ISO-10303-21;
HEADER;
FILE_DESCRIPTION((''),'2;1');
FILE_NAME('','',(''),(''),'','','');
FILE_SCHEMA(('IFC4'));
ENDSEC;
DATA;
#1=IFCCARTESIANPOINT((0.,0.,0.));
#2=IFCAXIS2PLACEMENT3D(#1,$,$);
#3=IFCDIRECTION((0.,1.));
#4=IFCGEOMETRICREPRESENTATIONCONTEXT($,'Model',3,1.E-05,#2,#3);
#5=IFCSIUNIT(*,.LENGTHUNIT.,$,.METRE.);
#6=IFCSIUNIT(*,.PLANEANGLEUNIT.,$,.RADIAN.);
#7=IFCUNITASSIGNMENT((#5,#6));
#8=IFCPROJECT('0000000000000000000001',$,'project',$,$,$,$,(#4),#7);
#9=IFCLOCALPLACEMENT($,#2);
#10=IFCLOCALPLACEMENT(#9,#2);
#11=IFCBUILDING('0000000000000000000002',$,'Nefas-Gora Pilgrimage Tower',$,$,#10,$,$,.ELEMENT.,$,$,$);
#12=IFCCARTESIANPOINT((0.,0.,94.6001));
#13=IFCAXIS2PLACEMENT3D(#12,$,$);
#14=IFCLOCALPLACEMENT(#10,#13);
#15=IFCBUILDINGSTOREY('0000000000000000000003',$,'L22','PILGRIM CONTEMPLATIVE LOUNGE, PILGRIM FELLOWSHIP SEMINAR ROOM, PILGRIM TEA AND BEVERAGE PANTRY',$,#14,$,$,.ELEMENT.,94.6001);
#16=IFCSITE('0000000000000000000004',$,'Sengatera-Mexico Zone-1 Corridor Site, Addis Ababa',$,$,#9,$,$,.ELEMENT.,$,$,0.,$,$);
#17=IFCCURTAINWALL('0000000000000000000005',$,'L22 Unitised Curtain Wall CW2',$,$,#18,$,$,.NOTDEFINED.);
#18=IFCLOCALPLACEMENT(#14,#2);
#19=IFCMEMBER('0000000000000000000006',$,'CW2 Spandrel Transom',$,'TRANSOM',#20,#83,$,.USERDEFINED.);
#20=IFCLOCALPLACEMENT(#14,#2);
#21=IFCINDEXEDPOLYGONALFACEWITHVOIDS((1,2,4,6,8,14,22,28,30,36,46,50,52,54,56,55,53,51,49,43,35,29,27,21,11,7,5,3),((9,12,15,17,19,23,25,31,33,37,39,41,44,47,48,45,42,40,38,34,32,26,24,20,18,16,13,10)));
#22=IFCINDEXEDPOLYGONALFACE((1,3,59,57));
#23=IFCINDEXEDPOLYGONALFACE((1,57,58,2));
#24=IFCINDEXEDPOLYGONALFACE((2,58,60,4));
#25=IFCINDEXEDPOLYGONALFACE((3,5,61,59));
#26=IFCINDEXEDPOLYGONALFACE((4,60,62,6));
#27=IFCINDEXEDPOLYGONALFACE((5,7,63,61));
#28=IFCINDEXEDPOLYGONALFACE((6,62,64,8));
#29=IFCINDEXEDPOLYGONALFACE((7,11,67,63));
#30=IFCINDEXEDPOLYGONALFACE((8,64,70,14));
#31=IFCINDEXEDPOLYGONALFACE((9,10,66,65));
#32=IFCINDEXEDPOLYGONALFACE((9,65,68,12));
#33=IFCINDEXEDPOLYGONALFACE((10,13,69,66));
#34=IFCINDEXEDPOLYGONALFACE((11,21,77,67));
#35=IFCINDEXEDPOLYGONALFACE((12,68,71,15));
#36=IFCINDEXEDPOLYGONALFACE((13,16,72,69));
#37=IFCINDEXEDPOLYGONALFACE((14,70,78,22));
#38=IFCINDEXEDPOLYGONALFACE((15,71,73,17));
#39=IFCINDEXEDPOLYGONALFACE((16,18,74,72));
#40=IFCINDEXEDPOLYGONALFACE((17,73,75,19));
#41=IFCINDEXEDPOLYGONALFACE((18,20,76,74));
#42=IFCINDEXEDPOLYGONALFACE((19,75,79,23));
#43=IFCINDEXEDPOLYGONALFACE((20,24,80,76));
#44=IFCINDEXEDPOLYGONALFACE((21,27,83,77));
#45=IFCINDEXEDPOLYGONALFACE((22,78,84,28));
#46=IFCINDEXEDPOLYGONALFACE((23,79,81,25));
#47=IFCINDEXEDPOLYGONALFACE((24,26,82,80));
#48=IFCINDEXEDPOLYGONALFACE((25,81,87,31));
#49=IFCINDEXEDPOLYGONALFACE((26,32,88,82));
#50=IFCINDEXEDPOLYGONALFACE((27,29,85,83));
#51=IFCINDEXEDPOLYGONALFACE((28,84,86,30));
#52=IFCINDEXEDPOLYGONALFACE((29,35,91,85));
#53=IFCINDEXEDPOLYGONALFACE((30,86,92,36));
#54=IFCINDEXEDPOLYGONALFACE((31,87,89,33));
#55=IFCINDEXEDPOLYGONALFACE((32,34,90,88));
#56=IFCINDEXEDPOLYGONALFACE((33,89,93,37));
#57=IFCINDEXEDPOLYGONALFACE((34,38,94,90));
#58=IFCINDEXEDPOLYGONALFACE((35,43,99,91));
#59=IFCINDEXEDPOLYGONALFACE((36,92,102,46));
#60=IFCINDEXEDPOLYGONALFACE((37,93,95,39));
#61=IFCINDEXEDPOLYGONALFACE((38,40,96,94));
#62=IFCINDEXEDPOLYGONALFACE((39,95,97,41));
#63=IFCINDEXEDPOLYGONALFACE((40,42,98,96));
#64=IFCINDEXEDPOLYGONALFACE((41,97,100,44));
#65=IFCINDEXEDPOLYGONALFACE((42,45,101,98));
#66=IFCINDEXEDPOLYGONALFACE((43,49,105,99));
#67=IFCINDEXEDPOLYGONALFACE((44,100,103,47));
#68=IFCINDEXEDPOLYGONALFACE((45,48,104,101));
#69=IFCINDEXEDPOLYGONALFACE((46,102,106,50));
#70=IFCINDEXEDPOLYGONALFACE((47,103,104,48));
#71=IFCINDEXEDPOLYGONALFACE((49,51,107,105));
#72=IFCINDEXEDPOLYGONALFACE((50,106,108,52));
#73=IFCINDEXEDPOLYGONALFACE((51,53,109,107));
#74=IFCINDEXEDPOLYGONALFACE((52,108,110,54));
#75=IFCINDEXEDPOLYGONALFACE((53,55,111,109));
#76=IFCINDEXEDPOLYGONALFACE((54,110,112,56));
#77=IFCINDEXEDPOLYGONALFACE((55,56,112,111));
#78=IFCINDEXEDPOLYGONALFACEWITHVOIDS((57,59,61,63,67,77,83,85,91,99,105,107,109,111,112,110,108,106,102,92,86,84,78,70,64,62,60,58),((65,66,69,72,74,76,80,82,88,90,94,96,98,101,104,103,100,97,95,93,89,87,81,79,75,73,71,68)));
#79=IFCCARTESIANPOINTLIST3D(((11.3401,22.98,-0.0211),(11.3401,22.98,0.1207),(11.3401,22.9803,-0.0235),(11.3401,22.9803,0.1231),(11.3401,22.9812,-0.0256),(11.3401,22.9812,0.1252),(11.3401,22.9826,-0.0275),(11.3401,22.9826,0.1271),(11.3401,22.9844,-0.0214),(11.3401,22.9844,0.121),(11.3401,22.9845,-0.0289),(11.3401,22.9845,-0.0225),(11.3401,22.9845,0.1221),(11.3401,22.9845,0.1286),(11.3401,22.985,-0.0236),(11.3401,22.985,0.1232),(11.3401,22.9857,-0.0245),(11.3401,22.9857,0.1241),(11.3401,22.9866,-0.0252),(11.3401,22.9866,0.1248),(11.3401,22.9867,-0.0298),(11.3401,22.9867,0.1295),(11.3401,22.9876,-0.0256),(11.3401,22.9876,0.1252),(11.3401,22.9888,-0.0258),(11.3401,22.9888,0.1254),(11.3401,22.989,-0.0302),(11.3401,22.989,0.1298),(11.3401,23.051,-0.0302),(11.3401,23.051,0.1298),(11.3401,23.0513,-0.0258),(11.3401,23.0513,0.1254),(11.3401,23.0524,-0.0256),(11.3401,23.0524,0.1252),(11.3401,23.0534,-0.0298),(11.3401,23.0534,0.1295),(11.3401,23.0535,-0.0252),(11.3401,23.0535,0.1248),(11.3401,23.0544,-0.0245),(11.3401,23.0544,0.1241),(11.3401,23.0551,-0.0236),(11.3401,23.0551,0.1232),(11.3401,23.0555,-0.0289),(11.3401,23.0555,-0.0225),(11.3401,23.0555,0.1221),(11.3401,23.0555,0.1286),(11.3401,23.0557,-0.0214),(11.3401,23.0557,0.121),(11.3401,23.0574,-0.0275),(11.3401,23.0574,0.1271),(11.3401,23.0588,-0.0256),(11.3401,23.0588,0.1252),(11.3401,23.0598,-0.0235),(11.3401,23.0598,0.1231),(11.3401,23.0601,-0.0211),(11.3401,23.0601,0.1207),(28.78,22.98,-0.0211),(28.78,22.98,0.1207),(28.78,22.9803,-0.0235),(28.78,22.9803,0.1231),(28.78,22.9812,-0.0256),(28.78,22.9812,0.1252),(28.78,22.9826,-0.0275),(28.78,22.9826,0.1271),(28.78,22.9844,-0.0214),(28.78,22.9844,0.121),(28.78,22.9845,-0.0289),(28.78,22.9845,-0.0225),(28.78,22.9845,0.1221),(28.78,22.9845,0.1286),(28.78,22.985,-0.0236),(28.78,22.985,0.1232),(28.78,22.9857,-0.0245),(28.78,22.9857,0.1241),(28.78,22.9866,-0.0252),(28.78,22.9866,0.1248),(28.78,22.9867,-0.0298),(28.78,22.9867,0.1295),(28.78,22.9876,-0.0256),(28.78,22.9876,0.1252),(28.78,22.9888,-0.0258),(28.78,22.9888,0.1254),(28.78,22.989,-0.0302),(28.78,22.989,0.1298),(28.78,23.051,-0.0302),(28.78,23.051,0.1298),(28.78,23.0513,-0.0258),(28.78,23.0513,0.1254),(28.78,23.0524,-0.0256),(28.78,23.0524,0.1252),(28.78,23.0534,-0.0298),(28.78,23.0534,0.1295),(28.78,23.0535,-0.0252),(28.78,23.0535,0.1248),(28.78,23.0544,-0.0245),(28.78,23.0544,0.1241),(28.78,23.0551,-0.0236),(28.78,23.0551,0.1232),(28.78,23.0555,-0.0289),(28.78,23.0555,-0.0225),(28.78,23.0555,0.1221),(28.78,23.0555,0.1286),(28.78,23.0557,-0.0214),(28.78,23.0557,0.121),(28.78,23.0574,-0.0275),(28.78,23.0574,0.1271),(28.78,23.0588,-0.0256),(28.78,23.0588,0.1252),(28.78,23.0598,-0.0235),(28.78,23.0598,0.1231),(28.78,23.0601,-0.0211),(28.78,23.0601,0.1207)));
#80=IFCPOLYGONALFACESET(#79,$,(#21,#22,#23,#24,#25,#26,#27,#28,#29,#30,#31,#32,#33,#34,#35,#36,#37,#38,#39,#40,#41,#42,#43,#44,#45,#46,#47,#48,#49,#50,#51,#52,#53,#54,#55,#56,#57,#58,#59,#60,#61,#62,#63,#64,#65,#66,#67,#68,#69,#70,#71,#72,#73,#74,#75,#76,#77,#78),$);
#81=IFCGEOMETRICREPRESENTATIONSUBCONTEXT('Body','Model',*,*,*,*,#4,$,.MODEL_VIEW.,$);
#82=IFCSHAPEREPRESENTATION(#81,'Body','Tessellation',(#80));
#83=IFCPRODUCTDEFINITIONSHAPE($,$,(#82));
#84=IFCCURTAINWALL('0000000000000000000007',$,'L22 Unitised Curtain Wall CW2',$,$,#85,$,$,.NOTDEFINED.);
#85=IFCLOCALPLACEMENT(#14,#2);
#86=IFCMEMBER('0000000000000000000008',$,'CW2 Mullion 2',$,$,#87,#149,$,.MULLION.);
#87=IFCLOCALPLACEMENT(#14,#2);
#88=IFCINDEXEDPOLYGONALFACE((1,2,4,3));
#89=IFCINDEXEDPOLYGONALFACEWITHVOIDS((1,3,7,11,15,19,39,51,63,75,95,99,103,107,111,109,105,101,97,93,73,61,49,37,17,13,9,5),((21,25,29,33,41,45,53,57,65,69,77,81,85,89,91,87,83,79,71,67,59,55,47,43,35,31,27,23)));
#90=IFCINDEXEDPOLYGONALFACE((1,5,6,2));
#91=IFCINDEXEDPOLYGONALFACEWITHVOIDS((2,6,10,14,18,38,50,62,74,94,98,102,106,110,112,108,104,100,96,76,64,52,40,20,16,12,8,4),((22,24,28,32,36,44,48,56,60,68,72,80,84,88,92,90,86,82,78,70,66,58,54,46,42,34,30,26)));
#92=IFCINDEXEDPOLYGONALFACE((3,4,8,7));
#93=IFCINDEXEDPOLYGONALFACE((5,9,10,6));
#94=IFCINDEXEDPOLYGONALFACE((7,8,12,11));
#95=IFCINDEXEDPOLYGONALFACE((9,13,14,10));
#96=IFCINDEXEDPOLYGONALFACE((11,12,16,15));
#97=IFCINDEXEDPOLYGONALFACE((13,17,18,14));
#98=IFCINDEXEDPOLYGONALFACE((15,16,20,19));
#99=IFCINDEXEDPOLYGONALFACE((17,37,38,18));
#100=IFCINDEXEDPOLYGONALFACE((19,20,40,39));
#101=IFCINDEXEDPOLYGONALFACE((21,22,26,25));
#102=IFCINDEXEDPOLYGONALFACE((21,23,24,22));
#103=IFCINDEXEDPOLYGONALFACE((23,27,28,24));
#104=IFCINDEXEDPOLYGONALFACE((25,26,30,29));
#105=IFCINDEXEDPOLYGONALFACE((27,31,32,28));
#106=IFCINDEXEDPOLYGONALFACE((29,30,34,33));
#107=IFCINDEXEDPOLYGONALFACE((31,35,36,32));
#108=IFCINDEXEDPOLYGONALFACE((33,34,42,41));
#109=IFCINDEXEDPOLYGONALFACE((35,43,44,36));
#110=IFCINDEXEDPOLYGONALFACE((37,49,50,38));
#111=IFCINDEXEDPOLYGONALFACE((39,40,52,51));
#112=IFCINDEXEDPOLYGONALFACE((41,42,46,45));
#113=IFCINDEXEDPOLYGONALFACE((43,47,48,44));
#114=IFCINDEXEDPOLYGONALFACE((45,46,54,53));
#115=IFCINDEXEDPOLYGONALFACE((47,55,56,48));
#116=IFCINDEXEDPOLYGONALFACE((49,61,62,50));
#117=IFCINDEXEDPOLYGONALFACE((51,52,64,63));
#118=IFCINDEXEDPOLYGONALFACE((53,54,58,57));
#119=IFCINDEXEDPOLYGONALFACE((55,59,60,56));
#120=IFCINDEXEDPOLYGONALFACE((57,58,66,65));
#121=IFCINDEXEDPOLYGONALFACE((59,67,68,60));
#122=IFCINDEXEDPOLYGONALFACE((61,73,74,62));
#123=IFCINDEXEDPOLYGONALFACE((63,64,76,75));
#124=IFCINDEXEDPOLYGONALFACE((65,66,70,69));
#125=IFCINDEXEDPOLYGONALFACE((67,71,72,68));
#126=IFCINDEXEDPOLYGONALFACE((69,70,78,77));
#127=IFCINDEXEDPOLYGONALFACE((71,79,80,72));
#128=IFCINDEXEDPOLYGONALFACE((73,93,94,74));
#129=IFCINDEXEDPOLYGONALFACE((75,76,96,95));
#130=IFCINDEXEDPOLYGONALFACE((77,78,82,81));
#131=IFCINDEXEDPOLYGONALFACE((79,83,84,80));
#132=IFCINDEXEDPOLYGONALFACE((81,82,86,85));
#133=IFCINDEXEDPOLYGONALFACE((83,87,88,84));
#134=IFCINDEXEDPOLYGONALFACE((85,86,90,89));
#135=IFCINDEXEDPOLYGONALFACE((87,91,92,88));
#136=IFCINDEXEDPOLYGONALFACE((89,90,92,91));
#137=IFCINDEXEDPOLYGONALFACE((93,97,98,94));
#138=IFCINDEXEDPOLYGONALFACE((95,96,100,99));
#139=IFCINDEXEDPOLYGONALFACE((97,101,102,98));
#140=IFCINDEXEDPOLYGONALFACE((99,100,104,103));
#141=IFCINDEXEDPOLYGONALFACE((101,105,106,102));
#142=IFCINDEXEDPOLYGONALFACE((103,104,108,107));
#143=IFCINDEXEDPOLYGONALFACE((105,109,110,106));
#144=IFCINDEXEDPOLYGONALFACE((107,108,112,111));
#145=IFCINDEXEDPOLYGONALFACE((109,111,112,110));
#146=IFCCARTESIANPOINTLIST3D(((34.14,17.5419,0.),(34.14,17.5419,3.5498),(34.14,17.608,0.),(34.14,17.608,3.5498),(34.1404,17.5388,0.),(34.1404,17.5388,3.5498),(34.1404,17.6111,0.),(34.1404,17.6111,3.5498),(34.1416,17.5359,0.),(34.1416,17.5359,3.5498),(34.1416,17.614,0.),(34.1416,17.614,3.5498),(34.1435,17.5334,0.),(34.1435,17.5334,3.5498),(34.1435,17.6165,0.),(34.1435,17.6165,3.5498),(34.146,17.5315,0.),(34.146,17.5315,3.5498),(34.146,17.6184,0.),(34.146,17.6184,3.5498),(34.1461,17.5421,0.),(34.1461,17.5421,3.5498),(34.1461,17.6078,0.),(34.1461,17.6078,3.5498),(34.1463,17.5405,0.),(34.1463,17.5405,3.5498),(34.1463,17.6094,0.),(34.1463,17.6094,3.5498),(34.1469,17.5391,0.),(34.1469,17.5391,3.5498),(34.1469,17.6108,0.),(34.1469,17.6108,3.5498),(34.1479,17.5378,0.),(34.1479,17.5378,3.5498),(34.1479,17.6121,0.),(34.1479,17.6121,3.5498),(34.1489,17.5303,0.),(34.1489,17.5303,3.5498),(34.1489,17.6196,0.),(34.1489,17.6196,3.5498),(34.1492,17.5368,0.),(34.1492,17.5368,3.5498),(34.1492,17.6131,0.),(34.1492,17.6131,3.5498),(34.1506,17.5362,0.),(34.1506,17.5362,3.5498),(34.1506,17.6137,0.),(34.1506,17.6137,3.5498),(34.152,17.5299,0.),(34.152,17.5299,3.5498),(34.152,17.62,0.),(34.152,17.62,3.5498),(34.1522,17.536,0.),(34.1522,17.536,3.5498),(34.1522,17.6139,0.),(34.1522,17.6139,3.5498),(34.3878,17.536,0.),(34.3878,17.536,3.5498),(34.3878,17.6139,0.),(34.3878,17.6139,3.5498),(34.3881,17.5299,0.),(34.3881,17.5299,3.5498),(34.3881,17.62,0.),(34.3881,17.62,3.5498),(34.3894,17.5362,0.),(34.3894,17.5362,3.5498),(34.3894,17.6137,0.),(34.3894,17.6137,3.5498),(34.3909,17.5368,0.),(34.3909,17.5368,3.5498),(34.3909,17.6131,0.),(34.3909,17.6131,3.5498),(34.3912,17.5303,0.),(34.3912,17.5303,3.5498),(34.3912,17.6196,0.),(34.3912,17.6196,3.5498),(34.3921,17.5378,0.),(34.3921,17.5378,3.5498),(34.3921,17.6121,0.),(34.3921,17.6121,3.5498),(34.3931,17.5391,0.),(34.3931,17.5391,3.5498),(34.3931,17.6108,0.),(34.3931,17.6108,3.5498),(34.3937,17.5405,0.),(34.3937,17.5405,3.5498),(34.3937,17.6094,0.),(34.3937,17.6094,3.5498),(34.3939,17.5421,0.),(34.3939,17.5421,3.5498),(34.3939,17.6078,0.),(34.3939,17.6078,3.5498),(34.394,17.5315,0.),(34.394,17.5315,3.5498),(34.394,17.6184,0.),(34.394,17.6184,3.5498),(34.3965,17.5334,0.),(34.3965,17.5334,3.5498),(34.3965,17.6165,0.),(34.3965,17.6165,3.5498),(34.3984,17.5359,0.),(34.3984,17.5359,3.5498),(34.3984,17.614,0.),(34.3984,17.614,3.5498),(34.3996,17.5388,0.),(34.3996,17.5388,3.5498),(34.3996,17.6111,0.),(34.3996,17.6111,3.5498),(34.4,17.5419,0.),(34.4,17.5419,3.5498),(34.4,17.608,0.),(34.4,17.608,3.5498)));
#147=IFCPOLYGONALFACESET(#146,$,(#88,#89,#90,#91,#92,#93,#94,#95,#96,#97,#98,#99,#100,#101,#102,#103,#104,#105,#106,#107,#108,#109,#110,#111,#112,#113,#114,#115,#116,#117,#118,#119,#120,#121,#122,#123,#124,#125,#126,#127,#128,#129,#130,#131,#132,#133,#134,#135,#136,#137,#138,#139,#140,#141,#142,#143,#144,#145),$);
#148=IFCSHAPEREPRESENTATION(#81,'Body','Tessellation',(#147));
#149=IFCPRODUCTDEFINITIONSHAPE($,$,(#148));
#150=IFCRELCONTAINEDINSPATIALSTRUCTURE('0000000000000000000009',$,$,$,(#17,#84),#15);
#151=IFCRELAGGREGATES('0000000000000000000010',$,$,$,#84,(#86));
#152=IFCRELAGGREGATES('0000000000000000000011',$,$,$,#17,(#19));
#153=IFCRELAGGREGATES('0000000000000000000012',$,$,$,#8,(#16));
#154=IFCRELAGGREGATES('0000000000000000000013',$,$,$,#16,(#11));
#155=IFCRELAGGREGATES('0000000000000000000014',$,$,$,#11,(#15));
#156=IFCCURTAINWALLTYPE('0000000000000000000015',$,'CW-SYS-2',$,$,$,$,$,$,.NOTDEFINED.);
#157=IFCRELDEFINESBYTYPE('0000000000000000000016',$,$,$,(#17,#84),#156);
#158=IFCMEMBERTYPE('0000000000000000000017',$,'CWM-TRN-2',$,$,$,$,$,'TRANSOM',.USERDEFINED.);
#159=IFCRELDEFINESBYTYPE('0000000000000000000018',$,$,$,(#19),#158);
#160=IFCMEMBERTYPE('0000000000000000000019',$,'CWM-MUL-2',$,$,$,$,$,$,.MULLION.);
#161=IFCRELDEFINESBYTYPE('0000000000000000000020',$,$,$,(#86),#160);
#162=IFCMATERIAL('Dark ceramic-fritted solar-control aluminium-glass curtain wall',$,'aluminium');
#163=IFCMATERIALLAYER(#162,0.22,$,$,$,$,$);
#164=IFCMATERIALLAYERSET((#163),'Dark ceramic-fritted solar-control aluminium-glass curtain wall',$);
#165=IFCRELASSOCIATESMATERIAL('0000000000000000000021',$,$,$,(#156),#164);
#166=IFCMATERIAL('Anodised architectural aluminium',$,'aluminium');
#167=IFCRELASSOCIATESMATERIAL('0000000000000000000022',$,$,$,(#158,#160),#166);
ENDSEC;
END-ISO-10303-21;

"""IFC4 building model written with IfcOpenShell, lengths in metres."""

from ifc_helpers import new_model, si_unit, direction, frame, origin, origin_2d, place, context, subcontext, project, spatial, hollow_rectangle, extrude, source, transform, mapped, material, layer, layer_set, material_profile, profile_set, type_object, element, aggregate, save


model = new_model("IFC4")

# Units and contexts
model_context = context("Model", 3, precision=1e-05, world=origin(), true_north=direction((0.0, 1.0)))
body_context = subcontext(model_context, "Body", "Model", "MODEL_VIEW")
ifc_project = project(units=[si_unit("LENGTHUNIT", "METRE"), si_unit("PLANEANGLEUNIT", "RADIAN")], contexts=[model_context])

# Site, building, storey
site_placement = place(None, origin())
site = spatial("IfcSite", under=ifc_project, at=site_placement, Name="Sengatera-Mexico Zone-1 Corridor Site, Addis Ababa", CompositionType="ELEMENT", RefElevation=0.0)
building_placement = place(site_placement, origin())
building = spatial("IfcBuilding", under=site, at=building_placement, Name="Nefas-Gora Pilgrimage Tower", CompositionType="ELEMENT")
storey_placement = place(building_placement, frame((0.0, 0.0, 94.6001)))
storey = spatial("IfcBuildingStorey", under=building, at=storey_placement, Name="L22", Description="PILGRIM CONTEMPLATIVE LOUNGE, PILGRIM FELLOWSHIP SEMINAR ROOM, PILGRIM TEA AND BEVERAGE PANTRY", CompositionType="ELEMENT", Elevation=94.6001)

# Curtain walls, members
ifc_material_1 = material(Name="Dark ceramic-fritted solar-control aluminium-glass curtain wall", Category="aluminium")
ifc_layer_1 = layer(ifc_material_1, 0.22)
ifc_layer_set_1 = layer_set([ifc_layer_1], Name="Dark ceramic-fritted solar-control aluminium-glass curtain wall")
curtain_wall_type = type_object("IfcCurtainWallType", Name="CW-SYS-2", PredefinedType="NOTDEFINED", material=ifc_layer_set_1)
curtain_wall_1_placement = place(storey_placement, origin())
curtain_wall_1 = element("IfcCurtainWall", 1, at=curtain_wall_1_placement, inside=storey, type_object=curtain_wall_type, Name="L22 Unitised Curtain Wall CW2", PredefinedType="NOTDEFINED")
ifc_material_2 = material(Name="Anodised architectural aluminium", Category="aluminium")
ifc_material_profile_1 = material_profile(ifc_material_2, hollow_rectangle(XDim=0.0801, YDim=0.1599, WallThickness=0.0044, InnerFilletRadius=0.0044, OuterFilletRadius=0.009, at=origin_2d()), Name="ALU TRANSOM 80x160")
ifc_profile_set_1 = profile_set([ifc_material_profile_1], Name="Anodised architectural aluminium")
member_type_1 = type_object("IfcMemberType", Name="CWM-TRN-2", ElementType="TRANSOM", PredefinedType="USERDEFINED", material=ifc_profile_set_1)
shared_shape_1 = source(origin(), body_context, "Body", "SweptSolid", [
    extrude(hollow_rectangle(XDim=0.0801, YDim=0.1599, WallThickness=0.0044, InnerFilletRadius=0.0044, OuterFilletRadius=0.009, at=origin_2d()), origin(), (0.0, 0.0, 1.0), 17.4399),
])
member_1_placement = place(storey_placement, frame((28.78, 23.02, 0.0498), z_axis=(-1.0, 0.0, 0.0), x_axis=(0.0, -1.0, 0.0)))
member_1 = element("IfcMember", 2, at=member_1_placement, type_object=member_type_1, Name="CW2 Spandrel Transom", ObjectType="TRANSOM", PredefinedType="USERDEFINED", context=body_context, shape_type="MappedRepresentation", body=[
    mapped(shared_shape_1, transform((0.0, 0.0, 0.0), x_axis=(1.0, 0.0, 0.0), y_axis=(0.0, 1.0, 0.0), z_axis=(0.0, 0.0, 1.0), scale=1.0)),
])
curtain_wall_2_placement = place(storey_placement, origin())
curtain_wall_2 = element("IfcCurtainWall", 3, at=curtain_wall_2_placement, inside=storey, type_object=curtain_wall_type, Name="L22 Unitised Curtain Wall CW2", PredefinedType="NOTDEFINED")
ifc_material_profile_2 = material_profile(ifc_material_2, hollow_rectangle(XDim=0.0901, YDim=0.26, WallThickness=0.0061, InnerFilletRadius=0.0061, OuterFilletRadius=0.012, at=origin_2d()), Name="ALU MULLION 90x260")
ifc_profile_set_2 = profile_set([ifc_material_profile_2], Name="Anodised architectural aluminium")
member_type_2 = type_object("IfcMemberType", Name="CWM-MUL-2", PredefinedType="MULLION", material=ifc_profile_set_2)
shared_shape_2 = source(origin(), body_context, "Body", "SweptSolid", [
    extrude(hollow_rectangle(XDim=0.0901, YDim=0.26, WallThickness=0.0061, InnerFilletRadius=0.0061, OuterFilletRadius=0.012, at=origin_2d()), origin(), (0.0, 0.0, 1.0), 3.5498),
])
member_2_placement = place(storey_placement, frame((34.27, 17.575, 0.0), z_axis=(0.0, 0.0, 1.0), x_axis=(0.0, 1.0, 0.0)))
member_2 = element("IfcMember", 4, at=member_2_placement, type_object=member_type_2, Name="CW2 Mullion 2", PredefinedType="MULLION", context=body_context, shape_type="MappedRepresentation", body=[
    mapped(shared_shape_2, transform((0.0, 0.0, 0.0), x_axis=(1.0, 0.0, 0.0), y_axis=(0.0, 1.0, 0.0), z_axis=(0.0, 0.0, 1.0), scale=1.0)),
])
aggregate(curtain_wall_2, [member_2])

aggregate(curtain_wall_1, [member_1])

save(model, "model.ifc")
